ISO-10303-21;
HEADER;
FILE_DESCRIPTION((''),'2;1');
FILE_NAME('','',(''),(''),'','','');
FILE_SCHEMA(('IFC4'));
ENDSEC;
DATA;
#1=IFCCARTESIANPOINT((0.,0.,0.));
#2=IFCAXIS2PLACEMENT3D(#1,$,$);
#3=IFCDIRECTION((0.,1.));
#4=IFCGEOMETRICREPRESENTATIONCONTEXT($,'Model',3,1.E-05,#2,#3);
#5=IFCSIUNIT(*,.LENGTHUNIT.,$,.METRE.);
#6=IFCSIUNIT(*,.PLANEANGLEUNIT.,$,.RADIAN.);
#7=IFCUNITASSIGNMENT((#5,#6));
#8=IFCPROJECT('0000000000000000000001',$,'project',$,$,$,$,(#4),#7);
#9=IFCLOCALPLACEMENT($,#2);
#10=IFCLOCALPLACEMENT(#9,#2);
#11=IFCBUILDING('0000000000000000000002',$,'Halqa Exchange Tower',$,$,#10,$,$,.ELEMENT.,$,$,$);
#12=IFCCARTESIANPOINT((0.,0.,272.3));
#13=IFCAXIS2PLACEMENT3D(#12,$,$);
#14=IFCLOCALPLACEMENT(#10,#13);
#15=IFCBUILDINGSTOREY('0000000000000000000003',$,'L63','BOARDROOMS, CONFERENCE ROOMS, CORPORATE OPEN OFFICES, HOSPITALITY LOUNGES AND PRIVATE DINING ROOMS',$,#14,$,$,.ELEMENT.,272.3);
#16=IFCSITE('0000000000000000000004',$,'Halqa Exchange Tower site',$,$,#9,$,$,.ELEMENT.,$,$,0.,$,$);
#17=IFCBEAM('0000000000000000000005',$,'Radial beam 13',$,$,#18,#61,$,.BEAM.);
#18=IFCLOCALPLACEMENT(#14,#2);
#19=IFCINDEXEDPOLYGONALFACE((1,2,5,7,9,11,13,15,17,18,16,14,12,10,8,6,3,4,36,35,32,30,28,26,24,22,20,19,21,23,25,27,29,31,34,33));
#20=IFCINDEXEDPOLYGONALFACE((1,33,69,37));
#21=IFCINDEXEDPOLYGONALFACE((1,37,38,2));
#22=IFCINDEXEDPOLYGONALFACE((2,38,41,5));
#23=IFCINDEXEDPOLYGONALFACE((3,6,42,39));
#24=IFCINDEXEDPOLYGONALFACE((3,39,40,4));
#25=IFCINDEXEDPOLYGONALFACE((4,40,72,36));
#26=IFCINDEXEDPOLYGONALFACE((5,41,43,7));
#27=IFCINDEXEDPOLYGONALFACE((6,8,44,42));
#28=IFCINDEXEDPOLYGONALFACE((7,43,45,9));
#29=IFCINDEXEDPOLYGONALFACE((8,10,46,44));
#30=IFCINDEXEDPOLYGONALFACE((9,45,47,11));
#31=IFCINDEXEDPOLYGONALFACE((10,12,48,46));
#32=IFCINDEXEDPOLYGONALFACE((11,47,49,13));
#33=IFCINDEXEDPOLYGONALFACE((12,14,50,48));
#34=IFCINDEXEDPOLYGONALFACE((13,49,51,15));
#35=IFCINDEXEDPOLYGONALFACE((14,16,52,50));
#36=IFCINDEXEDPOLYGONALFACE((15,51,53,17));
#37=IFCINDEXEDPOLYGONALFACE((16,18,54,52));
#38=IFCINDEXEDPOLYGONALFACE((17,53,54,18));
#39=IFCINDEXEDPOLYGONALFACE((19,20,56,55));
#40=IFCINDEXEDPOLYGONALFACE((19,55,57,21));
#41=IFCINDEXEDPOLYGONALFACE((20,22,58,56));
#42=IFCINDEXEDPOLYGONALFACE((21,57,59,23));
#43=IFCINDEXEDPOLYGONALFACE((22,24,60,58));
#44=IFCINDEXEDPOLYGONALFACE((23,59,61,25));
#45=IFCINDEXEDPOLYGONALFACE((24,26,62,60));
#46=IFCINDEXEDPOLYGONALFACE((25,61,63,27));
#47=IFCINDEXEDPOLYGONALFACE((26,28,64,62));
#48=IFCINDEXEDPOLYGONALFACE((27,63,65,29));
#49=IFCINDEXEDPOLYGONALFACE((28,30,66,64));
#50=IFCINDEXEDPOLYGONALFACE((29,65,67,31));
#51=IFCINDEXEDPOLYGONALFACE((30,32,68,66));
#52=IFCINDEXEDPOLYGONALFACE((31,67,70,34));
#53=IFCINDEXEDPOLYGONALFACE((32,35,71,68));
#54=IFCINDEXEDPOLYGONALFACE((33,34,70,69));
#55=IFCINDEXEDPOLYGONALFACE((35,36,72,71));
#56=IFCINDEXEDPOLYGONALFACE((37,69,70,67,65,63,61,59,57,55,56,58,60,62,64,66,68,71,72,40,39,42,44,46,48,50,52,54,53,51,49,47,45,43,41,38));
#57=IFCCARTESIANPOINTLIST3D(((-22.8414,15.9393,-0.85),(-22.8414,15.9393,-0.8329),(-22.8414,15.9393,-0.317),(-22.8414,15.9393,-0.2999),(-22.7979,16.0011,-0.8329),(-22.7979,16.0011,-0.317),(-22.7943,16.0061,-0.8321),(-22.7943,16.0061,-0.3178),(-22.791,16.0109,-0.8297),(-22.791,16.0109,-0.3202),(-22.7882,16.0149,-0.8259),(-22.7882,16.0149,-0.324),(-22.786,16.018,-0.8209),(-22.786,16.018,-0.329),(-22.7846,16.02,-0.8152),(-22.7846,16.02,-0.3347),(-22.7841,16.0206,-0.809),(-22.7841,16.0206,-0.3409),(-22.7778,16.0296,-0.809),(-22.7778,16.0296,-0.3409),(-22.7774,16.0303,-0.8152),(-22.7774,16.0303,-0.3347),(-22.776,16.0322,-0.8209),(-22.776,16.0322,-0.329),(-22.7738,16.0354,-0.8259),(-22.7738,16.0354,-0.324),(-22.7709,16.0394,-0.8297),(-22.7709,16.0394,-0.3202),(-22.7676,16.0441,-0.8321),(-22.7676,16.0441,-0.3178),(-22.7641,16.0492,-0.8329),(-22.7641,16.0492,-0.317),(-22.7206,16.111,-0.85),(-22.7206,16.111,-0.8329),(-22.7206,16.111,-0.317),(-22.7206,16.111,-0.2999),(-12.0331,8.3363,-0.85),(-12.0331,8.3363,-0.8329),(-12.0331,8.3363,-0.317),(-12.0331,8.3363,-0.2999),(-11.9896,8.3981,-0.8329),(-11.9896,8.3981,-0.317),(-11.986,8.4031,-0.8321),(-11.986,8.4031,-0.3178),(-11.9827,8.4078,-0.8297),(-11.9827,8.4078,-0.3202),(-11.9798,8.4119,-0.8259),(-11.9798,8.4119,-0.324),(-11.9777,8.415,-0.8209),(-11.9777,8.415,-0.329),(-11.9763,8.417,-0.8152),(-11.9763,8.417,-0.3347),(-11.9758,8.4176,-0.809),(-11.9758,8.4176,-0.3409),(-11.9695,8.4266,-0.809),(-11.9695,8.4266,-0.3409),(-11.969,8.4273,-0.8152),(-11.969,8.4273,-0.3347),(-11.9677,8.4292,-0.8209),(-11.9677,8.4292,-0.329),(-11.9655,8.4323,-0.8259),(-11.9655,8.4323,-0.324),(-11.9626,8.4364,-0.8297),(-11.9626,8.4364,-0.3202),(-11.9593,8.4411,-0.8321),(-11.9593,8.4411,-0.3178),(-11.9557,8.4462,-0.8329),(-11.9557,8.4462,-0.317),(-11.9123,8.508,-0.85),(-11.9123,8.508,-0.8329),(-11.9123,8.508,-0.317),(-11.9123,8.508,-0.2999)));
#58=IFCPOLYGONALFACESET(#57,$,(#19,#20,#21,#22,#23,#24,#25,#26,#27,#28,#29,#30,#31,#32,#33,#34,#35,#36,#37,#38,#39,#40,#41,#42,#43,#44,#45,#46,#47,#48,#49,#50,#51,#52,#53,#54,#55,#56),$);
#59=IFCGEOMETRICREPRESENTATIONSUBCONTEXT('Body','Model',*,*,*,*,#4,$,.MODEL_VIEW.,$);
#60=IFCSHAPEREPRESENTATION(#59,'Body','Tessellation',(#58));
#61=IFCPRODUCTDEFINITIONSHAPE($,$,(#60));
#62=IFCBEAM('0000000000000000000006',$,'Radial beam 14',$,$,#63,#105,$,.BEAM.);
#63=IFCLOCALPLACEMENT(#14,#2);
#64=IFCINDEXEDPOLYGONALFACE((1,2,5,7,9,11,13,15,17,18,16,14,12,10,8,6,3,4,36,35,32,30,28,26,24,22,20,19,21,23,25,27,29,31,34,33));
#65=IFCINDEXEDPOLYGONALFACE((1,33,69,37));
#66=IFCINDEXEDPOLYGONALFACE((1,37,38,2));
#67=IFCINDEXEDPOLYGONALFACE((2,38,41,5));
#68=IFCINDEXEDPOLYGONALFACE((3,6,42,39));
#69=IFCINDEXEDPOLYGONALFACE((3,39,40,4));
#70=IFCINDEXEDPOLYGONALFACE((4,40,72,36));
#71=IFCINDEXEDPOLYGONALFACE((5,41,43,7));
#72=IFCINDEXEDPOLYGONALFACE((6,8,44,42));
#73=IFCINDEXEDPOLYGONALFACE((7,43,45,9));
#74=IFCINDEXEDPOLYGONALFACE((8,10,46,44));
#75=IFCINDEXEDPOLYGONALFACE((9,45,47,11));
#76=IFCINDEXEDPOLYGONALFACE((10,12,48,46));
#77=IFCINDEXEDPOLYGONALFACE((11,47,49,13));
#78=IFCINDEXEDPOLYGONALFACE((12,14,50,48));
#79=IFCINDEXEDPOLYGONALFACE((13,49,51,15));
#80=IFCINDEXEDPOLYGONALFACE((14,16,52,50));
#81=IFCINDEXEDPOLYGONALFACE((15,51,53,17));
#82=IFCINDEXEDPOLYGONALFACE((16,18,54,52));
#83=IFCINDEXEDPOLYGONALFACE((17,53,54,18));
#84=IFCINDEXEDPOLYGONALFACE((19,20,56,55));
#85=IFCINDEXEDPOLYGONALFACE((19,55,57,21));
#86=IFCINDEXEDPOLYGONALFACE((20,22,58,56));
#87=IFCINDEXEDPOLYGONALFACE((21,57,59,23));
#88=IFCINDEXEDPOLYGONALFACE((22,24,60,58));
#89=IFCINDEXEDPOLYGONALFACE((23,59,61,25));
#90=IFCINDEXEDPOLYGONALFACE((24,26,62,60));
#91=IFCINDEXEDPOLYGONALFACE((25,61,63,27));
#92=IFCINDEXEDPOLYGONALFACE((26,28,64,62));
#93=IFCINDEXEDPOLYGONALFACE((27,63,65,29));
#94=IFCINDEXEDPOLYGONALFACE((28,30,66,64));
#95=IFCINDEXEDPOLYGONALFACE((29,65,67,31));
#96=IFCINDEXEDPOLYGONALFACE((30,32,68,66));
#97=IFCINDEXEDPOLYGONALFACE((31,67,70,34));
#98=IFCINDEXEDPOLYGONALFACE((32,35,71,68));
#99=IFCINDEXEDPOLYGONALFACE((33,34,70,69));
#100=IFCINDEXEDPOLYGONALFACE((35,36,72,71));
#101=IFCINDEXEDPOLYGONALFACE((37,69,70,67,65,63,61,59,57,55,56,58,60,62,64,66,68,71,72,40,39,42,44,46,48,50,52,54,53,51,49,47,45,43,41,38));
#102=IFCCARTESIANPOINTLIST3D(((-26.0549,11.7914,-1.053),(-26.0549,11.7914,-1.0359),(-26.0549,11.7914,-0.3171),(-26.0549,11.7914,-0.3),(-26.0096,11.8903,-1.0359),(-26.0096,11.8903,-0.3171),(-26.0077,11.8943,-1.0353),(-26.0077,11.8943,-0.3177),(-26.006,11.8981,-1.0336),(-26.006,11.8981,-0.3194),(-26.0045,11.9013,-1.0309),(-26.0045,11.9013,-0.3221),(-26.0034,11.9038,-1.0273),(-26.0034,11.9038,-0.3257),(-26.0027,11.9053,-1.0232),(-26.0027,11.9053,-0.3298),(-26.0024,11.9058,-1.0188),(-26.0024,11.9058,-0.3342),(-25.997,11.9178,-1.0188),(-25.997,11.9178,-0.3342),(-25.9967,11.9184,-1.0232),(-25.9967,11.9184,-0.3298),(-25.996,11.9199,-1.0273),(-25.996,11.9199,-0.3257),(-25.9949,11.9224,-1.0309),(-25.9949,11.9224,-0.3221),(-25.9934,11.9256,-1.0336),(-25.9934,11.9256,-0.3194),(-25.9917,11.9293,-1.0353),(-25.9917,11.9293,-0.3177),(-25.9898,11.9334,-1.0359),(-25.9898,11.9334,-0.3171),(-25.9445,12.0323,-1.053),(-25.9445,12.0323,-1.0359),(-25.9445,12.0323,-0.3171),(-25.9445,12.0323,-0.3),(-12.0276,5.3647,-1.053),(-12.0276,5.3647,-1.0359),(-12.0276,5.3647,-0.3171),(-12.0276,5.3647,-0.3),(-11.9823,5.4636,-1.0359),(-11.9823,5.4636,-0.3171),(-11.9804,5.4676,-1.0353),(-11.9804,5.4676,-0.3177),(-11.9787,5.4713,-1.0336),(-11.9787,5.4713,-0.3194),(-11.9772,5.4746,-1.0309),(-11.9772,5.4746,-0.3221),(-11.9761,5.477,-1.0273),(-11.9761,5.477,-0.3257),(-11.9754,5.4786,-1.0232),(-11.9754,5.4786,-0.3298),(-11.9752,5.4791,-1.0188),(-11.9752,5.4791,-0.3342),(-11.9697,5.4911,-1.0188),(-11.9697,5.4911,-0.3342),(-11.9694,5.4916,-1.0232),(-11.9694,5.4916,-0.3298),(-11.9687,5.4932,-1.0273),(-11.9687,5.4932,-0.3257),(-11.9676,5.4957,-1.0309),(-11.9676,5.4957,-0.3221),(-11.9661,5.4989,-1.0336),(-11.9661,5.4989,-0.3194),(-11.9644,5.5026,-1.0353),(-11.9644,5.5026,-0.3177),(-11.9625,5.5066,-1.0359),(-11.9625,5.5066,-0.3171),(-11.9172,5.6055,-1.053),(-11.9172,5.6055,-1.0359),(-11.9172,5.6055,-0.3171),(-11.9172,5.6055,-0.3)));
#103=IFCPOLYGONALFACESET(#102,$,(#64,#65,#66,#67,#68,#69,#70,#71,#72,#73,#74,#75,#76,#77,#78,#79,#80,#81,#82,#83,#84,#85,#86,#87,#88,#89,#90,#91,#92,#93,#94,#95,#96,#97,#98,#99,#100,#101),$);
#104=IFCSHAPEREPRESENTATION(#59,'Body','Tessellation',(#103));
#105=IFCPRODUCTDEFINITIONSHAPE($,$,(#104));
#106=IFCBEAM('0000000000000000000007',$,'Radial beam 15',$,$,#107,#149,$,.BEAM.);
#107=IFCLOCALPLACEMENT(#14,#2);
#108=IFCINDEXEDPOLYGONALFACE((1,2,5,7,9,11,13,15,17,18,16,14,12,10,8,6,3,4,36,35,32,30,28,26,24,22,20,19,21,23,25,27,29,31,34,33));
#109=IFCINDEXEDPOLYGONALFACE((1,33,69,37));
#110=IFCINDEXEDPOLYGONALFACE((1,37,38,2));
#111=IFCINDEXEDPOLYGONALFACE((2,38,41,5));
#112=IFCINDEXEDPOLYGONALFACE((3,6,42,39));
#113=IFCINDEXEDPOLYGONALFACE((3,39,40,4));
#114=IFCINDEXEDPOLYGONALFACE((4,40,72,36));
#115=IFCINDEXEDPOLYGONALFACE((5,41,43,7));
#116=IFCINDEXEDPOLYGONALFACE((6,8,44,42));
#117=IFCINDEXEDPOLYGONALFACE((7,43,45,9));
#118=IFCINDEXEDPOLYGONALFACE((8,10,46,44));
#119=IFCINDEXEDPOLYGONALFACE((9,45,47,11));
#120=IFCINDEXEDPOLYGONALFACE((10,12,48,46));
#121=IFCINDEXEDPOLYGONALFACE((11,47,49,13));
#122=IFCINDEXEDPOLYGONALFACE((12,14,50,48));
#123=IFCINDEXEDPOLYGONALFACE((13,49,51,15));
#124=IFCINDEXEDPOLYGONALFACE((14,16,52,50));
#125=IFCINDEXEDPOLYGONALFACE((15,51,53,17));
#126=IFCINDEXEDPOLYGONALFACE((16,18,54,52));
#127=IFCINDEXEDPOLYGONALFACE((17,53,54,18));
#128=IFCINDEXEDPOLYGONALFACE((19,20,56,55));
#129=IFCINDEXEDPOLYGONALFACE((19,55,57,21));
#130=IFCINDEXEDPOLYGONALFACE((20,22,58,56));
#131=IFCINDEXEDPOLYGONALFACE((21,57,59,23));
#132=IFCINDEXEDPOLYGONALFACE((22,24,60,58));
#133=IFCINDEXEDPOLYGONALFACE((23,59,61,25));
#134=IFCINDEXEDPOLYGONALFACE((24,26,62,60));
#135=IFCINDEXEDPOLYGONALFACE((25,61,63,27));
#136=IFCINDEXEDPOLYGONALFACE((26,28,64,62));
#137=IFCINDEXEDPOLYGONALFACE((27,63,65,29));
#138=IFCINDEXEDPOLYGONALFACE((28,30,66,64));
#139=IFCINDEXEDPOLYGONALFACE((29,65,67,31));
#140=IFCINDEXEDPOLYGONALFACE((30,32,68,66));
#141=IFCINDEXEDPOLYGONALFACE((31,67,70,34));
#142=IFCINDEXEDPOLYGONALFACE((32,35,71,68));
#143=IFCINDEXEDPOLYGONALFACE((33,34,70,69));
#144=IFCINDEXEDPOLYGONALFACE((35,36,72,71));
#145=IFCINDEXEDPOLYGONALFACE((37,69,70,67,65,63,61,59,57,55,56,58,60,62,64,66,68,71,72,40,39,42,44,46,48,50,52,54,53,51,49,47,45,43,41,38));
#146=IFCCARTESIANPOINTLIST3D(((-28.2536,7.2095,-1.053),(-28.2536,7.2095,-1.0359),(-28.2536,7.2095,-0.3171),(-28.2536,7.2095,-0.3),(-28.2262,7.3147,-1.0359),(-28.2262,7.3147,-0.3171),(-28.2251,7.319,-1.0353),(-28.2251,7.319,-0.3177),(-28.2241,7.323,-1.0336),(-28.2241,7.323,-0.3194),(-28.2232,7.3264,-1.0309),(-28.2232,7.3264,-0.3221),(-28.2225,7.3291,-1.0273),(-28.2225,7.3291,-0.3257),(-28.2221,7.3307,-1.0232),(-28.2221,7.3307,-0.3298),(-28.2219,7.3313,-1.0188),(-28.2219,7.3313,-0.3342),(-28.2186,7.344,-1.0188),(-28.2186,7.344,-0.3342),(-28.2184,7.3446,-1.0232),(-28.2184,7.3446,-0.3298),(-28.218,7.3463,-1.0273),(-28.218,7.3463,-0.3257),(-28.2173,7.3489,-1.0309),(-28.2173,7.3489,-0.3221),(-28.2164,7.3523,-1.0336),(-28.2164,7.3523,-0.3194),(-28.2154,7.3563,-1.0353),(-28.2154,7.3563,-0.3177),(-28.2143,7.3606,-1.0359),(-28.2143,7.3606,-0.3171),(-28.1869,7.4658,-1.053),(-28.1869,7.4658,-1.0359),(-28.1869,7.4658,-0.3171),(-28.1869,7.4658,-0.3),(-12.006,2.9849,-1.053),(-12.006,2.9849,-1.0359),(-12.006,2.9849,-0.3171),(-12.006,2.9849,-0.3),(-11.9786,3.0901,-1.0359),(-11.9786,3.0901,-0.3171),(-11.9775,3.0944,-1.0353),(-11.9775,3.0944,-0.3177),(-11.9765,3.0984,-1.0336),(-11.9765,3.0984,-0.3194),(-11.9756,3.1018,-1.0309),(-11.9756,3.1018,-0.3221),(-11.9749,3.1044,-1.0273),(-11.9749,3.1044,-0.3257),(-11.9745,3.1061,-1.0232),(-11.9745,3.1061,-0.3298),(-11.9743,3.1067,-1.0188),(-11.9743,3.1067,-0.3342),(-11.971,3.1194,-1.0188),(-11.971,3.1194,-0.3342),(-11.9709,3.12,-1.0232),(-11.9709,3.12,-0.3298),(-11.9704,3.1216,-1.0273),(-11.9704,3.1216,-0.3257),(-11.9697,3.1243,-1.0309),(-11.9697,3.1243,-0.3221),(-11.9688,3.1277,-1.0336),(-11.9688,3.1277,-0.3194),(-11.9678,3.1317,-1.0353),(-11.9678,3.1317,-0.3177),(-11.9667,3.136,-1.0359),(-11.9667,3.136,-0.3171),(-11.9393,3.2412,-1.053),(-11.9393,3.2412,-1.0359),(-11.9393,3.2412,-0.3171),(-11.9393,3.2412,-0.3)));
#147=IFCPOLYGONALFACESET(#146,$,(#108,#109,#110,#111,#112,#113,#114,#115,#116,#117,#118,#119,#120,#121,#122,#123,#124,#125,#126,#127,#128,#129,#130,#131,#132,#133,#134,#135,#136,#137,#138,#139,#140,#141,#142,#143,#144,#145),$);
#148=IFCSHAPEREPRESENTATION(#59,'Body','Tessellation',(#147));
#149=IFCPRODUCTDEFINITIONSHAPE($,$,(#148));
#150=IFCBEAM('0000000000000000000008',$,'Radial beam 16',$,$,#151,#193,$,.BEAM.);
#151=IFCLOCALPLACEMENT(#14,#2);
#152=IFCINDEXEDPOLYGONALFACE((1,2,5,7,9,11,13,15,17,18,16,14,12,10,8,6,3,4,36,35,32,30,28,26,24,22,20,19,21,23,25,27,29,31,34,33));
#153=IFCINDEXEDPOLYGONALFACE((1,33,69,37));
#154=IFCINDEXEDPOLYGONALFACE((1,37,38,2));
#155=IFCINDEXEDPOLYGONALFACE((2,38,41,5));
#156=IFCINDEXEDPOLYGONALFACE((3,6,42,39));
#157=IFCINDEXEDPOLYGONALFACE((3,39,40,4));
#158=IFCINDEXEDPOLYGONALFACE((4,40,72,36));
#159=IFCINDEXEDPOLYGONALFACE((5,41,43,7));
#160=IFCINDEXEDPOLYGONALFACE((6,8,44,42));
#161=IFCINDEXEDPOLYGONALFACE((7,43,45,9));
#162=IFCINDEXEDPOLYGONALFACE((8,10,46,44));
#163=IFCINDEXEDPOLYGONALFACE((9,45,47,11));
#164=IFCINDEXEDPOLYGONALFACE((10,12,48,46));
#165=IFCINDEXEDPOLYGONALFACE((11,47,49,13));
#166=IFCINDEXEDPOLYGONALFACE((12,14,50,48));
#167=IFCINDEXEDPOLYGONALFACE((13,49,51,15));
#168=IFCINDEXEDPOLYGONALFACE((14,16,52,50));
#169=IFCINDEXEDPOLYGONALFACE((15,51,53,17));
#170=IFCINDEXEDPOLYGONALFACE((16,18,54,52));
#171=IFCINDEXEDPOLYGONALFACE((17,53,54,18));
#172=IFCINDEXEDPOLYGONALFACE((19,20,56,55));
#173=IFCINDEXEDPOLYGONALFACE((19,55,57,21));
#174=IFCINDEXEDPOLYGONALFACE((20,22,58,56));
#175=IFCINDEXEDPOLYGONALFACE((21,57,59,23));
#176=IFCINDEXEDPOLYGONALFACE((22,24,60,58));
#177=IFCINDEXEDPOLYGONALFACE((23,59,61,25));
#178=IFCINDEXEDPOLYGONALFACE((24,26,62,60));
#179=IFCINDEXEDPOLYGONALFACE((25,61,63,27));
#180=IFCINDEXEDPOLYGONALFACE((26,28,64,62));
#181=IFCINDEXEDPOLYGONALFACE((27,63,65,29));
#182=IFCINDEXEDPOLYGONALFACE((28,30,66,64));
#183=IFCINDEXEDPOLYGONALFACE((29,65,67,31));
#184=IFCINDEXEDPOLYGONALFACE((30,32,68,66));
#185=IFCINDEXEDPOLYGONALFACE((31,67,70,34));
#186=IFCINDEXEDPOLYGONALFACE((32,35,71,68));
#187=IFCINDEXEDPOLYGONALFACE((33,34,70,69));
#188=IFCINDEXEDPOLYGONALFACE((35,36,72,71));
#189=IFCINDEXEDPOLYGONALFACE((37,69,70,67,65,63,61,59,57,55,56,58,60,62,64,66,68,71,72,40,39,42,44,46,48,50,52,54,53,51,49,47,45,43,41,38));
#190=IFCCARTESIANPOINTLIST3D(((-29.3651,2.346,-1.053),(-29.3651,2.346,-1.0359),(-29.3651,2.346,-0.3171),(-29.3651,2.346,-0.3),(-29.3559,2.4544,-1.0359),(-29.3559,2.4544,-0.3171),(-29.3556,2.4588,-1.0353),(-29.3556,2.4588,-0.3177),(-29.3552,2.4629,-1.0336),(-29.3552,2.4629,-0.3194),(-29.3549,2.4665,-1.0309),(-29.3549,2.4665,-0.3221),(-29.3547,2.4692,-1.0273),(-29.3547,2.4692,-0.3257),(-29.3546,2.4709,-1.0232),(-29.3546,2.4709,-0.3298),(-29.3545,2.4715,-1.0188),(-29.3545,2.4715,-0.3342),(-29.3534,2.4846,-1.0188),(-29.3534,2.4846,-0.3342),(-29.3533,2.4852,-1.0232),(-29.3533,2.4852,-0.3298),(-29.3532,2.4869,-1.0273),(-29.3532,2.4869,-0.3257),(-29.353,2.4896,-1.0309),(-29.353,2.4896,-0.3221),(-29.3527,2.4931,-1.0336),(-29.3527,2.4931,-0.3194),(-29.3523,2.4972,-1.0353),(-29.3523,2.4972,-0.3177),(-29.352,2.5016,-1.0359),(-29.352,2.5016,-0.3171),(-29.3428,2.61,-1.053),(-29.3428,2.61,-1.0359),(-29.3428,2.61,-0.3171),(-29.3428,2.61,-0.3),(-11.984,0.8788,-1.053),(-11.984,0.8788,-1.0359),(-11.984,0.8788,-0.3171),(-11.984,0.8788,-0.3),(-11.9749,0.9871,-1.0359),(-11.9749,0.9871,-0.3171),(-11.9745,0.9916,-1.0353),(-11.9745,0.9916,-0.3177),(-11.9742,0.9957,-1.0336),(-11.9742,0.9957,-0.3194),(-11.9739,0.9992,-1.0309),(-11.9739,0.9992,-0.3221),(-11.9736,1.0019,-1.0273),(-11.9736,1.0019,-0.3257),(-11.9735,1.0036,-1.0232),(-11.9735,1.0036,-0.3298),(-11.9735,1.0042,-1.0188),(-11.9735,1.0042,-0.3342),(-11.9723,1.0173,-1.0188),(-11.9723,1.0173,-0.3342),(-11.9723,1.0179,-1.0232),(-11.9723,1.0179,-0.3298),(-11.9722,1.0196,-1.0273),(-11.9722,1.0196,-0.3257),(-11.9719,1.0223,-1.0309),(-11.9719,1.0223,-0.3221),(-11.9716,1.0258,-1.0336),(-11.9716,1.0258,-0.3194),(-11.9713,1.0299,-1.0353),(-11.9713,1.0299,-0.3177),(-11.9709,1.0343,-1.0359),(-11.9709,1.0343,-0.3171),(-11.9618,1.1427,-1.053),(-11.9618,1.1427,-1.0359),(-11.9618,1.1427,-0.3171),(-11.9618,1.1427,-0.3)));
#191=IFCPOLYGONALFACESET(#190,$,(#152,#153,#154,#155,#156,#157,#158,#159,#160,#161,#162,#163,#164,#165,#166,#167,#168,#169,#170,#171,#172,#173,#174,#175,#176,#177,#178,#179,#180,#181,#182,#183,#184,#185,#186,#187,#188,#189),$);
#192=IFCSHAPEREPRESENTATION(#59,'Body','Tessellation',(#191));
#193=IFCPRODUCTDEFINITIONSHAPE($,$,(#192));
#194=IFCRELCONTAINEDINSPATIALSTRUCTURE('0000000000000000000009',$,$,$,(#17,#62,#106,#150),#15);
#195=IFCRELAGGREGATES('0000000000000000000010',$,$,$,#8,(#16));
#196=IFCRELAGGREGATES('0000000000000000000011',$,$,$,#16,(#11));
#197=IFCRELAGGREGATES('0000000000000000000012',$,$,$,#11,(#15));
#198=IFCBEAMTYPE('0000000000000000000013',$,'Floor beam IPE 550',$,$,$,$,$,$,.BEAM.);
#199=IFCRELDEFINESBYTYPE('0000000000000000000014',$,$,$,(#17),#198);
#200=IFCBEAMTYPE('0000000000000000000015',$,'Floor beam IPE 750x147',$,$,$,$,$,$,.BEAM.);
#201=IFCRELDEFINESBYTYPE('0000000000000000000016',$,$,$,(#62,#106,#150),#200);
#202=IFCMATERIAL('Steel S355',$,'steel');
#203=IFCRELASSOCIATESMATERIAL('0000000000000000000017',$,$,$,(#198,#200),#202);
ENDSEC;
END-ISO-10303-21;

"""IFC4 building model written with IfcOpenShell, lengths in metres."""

from ifc_helpers import new_model, si_unit, direction, frame, origin, origin_2d, place, context, subcontext, project, spatial, i_section, extrude, material, material_profile, profile_set, type_object, element, save


model = new_model("IFC4")

# Units and contexts
model_context = context("Model", 3, precision=1e-05, world=origin(), true_north=direction((0.0, 1.0)))
body_context = subcontext(model_context, "Body", "Model", "MODEL_VIEW")
ifc_project = project(units=[si_unit("LENGTHUNIT", "METRE"), si_unit("PLANEANGLEUNIT", "RADIAN")], contexts=[model_context])

# Site, building, storey
site_placement = place(None, origin())
site = spatial("IfcSite", under=ifc_project, at=site_placement, Name="Halqa Exchange Tower site", CompositionType="ELEMENT", RefElevation=0.0)
building_placement = place(site_placement, origin())
building = spatial("IfcBuilding", under=site, at=building_placement, Name="Halqa Exchange Tower", CompositionType="ELEMENT")
storey_placement = place(building_placement, frame((0.0, 0.0, 272.3)))
storey = spatial("IfcBuildingStorey", under=building, at=storey_placement, Name="L63", Description="BOARDROOMS, CONFERENCE ROOMS, CORPORATE OPEN OFFICES, HOSPITALITY LOUNGES AND PRIVATE DINING ROOMS", CompositionType="ELEMENT", Elevation=272.3)

# Beams
ifc_material_1 = material(Name="Steel S355", Category="steel")
ifc_material_profile_1 = material_profile(ifc_material_1, i_section(OverallWidth=0.21, OverallDepth=0.55, WebThickness=0.011, FlangeThickness=0.0171, FilletRadius=0.0239, at=origin_2d()), Name="IPE 550")
ifc_profile_set_1 = profile_set([ifc_material_profile_1], Name="Steel S355")
beam_type_1 = type_object("IfcBeamType", Name="Floor beam IPE 550", PredefinedType="BEAM", material=ifc_profile_set_1)
beam_1_placement = place(storey_placement, frame((-11.9727, 8.4221, -0.575), z_axis=(-0.817908, 0.575349, 0.0), x_axis=(-0.575349, -0.817908, 0.0)))
element("IfcBeam", 1, at=beam_1_placement, inside=storey, type_object=beam_type_1, Name="Radial beam 13", PredefinedType="BEAM", context=body_context, shape_type="SweptSolid", body=[
    extrude(i_section(OverallWidth=0.21, OverallDepth=0.55, WebThickness=0.011, FlangeThickness=0.0171, FilletRadius=0.0239, at=origin_2d()), origin(), (0.0, 0.0, 1.0), 13.2146),
])
ifc_material_profile_2 = material_profile(ifc_material_1, i_section(OverallWidth=0.2649, OverallDepth=0.7529, WebThickness=0.0132, FlangeThickness=0.0171, FilletRadius=0.0171, at=origin_2d()), Name="IPE 750x147")
ifc_profile_set_2 = profile_set([ifc_material_profile_2], Name="Steel S355")
beam_type_2 = type_object("IfcBeamType", Name="Floor beam IPE 750x147", PredefinedType="BEAM", material=ifc_profile_set_2)
beam_2_placement = place(storey_placement, frame((-11.9724, 5.4851, -0.6765), z_axis=(-0.909125, 0.416524, 0.0), x_axis=(-0.416524, -0.909125, 0.0)))
element("IfcBeam", 2, at=beam_2_placement, inside=storey, type_object=beam_type_2, Name="Radial beam 14", PredefinedType="BEAM", context=body_context, shape_type="SweptSolid", body=[
    extrude(i_section(OverallWidth=0.2649, OverallDepth=0.7529, WebThickness=0.0132, FlangeThickness=0.0171, FilletRadius=0.0171, at=origin_2d()), origin(), (0.0, 0.0, 1.0), 15.4294),
])
beam_3_placement = place(storey_placement, frame((-11.9727, 3.113, -0.6765), z_axis=(-0.967819, 0.251647, 0.0), x_axis=(-0.251647, -0.967819, 0.0)))
element("IfcBeam", 3, at=beam_3_placement, inside=storey, type_object=beam_type_2, Name="Radial beam 15", PredefinedType="BEAM", context=body_context, shape_type="SweptSolid", body=[
    extrude(i_section(OverallWidth=0.2649, OverallDepth=0.7529, WebThickness=0.0132, FlangeThickness=0.0171, FilletRadius=0.0171, at=origin_2d()), origin(), (0.0, 0.0, 1.0), 16.7878),
])
beam_4_placement = place(storey_placement, frame((-11.9729, 1.0107, -0.6765), z_axis=(-0.996456, 0.084119, 0.0), x_axis=(-0.084119, -0.996456, 0.0)))
element("IfcBeam", 4, at=beam_4_placement, inside=storey, type_object=beam_type_2, Name="Radial beam 16", PredefinedType="BEAM", context=body_context, shape_type="SweptSolid", body=[
    extrude(i_section(OverallWidth=0.2649, OverallDepth=0.7529, WebThickness=0.0132, FlangeThickness=0.0171, FilletRadius=0.0171, at=origin_2d()), origin(), (0.0, 0.0, 1.0), 17.4429),
])

save(model, "model.ifc")
